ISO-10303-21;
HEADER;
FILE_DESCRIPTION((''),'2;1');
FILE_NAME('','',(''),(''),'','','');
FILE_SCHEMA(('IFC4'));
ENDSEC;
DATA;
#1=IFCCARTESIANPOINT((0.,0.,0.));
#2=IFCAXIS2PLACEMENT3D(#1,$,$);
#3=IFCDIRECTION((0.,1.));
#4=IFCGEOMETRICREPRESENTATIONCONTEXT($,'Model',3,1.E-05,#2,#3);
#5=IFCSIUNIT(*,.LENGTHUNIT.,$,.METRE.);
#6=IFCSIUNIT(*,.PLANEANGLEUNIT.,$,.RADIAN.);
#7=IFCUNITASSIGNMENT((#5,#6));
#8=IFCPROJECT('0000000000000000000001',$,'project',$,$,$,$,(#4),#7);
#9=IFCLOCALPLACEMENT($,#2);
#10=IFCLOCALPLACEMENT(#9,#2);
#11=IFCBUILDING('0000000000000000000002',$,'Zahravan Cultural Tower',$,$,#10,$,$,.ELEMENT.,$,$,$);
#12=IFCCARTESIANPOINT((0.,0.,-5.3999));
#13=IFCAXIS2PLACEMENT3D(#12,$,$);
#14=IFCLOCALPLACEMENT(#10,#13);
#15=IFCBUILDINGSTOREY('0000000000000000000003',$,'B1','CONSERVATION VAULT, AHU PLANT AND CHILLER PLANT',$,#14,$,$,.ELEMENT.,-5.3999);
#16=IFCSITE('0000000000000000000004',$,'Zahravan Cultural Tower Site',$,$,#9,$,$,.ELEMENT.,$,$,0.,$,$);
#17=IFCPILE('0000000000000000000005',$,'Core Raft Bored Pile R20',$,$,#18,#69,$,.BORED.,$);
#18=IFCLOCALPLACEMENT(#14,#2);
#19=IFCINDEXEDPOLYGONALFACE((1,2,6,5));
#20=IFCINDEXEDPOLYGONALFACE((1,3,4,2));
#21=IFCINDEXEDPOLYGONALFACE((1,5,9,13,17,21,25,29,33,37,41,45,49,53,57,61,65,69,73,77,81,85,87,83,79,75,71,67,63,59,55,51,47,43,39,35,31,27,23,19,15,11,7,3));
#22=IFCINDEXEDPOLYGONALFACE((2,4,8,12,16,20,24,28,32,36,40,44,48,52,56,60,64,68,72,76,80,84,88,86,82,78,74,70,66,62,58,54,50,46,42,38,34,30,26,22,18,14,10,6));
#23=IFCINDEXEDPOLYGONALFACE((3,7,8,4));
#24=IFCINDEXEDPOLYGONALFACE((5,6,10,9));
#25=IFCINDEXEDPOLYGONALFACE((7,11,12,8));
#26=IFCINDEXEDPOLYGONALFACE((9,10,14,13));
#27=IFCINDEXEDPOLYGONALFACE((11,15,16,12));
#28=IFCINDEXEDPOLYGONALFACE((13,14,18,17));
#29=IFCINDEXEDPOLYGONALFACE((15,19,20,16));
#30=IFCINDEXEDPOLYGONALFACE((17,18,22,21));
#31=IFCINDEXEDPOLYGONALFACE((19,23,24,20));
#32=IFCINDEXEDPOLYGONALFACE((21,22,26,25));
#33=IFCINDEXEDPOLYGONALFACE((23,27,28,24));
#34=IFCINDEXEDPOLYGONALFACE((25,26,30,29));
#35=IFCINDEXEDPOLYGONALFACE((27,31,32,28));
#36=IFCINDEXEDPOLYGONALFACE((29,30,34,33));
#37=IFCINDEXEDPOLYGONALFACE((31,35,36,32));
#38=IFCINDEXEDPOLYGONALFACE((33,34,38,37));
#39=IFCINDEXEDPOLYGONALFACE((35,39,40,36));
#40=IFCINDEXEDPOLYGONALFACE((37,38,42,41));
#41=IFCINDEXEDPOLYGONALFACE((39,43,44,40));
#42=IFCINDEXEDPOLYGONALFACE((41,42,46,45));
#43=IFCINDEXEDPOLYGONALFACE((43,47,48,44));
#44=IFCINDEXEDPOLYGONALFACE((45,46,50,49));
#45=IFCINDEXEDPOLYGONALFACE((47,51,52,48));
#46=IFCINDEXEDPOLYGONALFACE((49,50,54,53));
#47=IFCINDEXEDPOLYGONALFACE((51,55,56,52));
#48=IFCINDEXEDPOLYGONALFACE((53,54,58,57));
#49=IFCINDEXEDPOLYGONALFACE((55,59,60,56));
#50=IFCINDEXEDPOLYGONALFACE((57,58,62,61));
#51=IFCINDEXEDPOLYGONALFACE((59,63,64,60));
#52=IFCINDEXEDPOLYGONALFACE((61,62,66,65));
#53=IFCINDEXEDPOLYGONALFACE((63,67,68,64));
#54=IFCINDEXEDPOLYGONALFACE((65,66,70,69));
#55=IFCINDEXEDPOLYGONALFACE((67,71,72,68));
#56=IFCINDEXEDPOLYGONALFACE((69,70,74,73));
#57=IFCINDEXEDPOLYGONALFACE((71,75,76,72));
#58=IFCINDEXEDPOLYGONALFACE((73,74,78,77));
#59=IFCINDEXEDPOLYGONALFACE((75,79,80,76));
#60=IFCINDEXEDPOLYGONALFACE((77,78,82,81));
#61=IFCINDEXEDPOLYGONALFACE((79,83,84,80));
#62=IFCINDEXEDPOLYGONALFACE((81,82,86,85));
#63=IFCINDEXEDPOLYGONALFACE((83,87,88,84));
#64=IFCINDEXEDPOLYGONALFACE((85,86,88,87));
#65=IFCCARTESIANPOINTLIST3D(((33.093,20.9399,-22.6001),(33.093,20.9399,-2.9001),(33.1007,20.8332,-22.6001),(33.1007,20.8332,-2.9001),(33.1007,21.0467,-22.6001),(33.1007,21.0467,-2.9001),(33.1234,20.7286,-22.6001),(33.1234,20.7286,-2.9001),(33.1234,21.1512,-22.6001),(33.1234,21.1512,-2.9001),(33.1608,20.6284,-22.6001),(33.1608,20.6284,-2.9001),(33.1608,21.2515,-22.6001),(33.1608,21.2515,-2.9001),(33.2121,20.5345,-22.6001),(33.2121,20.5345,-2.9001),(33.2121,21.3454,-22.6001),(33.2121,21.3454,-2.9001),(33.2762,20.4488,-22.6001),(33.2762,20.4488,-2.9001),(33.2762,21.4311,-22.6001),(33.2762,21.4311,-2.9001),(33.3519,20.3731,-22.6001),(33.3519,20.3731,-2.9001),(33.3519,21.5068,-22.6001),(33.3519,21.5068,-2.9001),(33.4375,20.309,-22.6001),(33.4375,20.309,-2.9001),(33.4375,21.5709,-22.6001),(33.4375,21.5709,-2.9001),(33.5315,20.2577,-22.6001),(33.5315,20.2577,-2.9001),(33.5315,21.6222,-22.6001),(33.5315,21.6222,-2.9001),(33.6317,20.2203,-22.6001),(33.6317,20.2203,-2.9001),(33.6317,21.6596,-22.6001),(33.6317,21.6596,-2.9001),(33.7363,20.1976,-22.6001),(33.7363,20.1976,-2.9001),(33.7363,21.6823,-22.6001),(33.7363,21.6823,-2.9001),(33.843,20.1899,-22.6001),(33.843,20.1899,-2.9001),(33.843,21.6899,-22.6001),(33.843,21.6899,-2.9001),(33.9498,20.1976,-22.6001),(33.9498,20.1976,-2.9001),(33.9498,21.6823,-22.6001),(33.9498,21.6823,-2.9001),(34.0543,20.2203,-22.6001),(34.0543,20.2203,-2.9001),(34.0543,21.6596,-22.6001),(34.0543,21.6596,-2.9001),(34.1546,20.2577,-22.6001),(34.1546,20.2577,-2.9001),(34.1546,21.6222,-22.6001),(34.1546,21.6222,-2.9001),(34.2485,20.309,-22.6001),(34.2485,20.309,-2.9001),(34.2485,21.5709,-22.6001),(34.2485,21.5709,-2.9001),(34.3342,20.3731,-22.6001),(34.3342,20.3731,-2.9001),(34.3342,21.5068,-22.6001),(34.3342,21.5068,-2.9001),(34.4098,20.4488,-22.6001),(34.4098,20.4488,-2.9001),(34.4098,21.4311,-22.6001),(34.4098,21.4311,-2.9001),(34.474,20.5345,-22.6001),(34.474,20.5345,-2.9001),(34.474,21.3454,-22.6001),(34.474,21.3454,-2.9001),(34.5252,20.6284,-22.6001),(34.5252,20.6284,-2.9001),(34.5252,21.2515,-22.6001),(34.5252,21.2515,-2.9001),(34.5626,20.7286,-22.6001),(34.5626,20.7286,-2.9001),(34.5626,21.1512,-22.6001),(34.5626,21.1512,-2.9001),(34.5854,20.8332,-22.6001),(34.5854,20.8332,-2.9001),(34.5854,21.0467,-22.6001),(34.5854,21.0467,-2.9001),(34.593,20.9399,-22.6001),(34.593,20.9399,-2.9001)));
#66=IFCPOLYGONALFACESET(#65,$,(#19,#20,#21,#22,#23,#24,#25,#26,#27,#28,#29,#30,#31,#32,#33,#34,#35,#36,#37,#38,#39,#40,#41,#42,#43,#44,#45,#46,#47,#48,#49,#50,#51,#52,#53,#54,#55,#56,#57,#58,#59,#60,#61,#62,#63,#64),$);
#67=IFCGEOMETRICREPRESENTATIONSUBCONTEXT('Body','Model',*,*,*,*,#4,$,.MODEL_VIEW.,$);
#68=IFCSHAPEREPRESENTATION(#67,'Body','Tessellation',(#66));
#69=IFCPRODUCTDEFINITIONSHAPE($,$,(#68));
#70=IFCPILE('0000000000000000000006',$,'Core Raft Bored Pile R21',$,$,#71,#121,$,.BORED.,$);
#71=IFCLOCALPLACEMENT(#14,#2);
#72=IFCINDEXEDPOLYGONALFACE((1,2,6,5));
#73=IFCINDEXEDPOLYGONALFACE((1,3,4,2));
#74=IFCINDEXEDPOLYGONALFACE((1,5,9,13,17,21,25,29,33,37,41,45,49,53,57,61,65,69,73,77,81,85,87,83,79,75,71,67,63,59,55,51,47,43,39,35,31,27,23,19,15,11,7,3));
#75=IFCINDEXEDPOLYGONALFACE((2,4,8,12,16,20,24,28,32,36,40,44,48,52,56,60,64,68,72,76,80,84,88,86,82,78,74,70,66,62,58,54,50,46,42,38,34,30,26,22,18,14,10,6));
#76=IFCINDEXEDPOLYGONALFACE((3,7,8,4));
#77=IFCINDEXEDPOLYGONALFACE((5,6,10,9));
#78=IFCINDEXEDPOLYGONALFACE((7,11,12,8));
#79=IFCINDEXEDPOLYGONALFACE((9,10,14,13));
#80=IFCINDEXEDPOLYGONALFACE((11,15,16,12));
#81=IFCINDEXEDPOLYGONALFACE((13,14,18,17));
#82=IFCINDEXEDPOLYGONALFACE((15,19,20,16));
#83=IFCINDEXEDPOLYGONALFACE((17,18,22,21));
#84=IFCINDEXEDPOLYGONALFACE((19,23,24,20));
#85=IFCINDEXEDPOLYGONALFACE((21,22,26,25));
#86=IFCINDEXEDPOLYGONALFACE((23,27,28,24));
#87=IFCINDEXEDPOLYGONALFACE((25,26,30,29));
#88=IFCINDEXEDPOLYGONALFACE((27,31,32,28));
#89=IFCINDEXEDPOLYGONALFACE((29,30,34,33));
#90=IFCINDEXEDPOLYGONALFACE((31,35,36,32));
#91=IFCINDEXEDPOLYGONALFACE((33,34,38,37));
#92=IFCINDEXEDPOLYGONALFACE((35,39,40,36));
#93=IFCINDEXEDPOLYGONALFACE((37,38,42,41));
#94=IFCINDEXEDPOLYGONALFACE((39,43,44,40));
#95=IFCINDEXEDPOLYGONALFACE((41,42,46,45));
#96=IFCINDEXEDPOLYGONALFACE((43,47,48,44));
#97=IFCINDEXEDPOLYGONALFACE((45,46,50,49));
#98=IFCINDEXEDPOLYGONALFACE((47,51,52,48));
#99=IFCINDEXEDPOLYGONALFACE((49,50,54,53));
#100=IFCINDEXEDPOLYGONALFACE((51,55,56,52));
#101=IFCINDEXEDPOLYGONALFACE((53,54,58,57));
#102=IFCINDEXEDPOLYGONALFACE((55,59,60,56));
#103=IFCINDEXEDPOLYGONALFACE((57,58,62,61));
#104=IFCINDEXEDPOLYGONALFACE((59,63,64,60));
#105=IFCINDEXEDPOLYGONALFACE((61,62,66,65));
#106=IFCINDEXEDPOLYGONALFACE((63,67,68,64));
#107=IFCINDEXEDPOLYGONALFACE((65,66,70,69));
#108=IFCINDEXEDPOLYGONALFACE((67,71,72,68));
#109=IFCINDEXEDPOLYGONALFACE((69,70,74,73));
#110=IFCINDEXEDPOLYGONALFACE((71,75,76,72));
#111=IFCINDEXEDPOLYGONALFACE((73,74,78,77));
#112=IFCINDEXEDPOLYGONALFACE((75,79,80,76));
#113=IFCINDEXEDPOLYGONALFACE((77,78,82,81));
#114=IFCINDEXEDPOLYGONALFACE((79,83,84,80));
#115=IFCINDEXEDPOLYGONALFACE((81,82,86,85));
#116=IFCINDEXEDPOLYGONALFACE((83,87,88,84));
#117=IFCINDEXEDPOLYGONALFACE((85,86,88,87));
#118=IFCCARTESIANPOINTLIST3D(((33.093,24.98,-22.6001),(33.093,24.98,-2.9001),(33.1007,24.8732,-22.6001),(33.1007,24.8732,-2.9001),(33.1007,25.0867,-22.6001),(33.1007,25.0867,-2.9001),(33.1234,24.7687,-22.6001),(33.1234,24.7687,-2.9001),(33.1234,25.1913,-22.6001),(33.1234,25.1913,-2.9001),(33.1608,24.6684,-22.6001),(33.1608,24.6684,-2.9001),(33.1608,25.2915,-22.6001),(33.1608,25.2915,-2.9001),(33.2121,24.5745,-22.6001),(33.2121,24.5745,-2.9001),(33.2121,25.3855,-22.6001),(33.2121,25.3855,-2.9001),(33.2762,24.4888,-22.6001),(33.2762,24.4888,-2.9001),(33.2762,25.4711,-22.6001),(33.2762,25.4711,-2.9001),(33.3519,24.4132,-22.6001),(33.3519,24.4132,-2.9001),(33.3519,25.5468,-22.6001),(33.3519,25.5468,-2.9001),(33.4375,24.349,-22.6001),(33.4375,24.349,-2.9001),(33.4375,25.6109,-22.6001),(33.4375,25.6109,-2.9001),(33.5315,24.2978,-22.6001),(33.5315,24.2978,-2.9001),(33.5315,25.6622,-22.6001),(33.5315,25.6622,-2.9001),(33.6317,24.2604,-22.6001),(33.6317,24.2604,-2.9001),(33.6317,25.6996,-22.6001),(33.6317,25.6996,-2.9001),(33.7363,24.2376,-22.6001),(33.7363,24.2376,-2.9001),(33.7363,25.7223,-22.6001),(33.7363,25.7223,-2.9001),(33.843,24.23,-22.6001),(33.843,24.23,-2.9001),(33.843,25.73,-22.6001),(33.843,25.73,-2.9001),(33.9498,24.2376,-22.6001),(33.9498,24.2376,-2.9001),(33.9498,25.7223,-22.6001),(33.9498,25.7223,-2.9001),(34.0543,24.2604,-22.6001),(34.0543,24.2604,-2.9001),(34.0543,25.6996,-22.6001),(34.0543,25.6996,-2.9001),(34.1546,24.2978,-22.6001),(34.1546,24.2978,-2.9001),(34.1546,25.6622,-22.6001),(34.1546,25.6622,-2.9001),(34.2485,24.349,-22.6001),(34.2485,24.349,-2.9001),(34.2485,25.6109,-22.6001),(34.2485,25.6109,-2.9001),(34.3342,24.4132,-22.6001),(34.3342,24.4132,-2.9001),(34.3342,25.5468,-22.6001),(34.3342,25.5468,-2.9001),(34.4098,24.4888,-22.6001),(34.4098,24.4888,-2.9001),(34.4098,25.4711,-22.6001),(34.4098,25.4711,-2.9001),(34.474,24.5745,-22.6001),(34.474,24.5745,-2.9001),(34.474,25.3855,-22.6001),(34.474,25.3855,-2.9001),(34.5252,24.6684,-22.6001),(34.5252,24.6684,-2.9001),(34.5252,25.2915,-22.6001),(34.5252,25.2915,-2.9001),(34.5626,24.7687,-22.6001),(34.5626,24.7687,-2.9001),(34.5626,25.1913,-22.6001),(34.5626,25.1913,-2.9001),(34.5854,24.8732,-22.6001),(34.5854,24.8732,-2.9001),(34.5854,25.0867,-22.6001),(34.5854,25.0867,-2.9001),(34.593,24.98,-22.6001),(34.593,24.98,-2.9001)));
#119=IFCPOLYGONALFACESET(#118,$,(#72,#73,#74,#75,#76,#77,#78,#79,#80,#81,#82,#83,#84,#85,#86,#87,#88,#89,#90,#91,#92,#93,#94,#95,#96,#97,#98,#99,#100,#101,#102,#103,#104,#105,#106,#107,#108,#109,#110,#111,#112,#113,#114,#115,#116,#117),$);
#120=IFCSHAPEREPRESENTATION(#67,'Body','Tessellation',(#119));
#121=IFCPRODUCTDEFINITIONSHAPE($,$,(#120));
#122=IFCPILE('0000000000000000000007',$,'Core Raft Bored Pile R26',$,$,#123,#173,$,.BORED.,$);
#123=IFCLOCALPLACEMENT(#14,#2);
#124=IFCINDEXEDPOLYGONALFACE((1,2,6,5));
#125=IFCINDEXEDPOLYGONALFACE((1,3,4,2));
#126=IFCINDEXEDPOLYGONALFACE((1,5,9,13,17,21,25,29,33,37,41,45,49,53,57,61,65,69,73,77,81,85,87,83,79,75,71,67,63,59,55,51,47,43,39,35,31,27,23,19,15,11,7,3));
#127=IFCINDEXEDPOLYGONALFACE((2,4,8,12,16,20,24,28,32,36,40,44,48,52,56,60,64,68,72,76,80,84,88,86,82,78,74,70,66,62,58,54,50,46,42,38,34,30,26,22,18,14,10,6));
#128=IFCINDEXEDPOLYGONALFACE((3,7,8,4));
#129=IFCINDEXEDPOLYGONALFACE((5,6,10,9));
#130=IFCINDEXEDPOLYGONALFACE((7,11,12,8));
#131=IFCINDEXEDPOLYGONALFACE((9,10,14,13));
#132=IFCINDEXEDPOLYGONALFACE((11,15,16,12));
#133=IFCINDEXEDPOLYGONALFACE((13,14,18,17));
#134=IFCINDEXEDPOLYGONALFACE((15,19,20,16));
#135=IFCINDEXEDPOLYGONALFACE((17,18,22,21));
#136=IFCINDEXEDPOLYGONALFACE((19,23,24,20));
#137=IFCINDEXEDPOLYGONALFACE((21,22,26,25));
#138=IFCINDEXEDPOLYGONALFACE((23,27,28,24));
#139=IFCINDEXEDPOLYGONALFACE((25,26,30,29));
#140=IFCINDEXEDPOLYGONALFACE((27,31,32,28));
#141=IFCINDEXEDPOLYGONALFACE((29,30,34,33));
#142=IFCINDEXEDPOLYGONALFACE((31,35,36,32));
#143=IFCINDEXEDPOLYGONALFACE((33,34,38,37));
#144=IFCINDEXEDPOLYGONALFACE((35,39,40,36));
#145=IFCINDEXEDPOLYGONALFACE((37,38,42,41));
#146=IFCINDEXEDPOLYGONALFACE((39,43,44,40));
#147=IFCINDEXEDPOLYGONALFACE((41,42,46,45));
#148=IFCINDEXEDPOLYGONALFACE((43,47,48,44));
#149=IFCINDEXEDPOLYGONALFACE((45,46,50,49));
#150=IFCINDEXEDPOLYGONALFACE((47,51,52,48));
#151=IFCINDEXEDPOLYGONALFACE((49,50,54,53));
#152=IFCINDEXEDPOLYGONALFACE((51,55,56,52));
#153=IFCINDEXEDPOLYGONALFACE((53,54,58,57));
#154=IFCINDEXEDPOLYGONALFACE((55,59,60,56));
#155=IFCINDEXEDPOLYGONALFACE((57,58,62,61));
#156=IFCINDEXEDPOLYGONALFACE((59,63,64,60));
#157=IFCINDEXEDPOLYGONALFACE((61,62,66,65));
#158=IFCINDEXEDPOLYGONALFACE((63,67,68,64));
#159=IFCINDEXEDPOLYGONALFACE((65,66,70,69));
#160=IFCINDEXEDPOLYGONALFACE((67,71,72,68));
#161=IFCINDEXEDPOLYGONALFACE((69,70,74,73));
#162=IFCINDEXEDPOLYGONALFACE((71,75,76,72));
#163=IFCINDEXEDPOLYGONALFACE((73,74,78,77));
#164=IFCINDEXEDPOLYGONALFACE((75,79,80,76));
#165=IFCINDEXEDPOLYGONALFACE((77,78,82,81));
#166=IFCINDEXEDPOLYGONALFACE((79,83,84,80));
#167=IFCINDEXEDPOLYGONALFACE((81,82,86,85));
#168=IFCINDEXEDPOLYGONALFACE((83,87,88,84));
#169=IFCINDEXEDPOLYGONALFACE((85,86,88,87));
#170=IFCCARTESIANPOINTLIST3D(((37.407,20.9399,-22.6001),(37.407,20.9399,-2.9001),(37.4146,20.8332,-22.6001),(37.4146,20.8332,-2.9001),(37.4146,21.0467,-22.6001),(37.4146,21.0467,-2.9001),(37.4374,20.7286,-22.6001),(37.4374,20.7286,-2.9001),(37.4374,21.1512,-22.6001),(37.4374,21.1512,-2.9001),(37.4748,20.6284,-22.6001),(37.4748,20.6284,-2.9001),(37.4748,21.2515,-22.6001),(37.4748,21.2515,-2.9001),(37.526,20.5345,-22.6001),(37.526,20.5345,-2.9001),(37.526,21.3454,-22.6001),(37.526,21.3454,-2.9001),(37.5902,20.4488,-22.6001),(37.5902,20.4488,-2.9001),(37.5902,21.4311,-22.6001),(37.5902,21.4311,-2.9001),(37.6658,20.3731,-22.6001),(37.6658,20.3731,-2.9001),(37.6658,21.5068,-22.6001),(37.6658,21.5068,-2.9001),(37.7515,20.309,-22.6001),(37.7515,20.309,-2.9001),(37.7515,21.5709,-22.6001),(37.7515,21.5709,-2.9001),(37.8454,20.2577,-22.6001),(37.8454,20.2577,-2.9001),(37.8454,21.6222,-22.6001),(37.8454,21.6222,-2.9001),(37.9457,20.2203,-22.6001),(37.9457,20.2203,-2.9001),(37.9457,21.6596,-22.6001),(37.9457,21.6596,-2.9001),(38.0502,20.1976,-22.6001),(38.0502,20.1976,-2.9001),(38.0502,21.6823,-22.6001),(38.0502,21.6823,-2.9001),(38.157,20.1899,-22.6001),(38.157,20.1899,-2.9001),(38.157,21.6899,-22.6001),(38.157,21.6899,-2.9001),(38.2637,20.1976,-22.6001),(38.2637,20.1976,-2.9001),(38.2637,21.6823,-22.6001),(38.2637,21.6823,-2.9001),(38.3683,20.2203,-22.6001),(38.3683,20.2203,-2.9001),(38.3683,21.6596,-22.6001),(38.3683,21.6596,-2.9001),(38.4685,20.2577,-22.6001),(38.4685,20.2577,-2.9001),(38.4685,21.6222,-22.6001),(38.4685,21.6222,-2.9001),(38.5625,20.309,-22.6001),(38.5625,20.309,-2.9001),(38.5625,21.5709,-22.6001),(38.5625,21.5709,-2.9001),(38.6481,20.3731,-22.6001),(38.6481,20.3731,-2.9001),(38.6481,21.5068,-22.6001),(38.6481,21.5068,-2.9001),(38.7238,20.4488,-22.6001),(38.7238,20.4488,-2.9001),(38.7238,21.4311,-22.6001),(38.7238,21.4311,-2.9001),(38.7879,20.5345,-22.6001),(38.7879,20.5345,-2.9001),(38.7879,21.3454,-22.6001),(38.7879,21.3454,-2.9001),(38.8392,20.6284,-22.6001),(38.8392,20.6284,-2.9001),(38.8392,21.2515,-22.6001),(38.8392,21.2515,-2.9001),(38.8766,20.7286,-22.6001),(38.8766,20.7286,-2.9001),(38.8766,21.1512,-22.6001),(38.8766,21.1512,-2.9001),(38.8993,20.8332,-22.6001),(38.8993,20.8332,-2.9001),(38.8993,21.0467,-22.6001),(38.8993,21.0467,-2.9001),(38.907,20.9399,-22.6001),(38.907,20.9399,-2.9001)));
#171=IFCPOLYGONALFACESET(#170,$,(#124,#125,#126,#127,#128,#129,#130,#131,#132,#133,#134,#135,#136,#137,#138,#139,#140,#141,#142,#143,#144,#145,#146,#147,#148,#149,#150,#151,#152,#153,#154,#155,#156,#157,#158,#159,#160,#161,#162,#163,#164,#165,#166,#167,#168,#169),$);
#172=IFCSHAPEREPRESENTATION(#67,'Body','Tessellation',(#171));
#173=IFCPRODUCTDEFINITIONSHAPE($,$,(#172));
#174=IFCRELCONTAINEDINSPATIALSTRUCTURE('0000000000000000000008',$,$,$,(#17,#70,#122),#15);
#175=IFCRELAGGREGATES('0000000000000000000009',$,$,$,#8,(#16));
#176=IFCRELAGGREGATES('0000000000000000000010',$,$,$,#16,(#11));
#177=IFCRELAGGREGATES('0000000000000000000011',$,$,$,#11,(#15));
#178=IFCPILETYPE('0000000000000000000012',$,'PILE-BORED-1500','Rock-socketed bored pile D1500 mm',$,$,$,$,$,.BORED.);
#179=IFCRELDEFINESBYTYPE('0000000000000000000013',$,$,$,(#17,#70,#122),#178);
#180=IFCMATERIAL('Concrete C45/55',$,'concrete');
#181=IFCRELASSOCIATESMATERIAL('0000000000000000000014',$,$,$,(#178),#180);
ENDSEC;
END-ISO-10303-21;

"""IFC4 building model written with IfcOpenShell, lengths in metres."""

from ifc_helpers import new_model, si_unit, direction, frame, origin, origin_2d, place, context, subcontext, project, spatial, circle, extrude, material, material_profile, profile_set, type_object, element, save


model = new_model("IFC4")

# Units and contexts
model_context = context("Model", 3, precision=1e-05, world=origin(), true_north=direction((0.0, 1.0)))
body_context = subcontext(model_context, "Body", "Model", "MODEL_VIEW")
ifc_project = project(units=[si_unit("LENGTHUNIT", "METRE"), si_unit("PLANEANGLEUNIT", "RADIAN")], contexts=[model_context])

# Site, building, storey
site_placement = place(None, origin())
site = spatial("IfcSite", under=ifc_project, at=site_placement, Name="Zahravan Cultural Tower Site", CompositionType="ELEMENT", RefElevation=0.0)
building_placement = place(site_placement, origin())
building = spatial("IfcBuilding", under=site, at=building_placement, Name="Zahravan Cultural Tower", CompositionType="ELEMENT")
storey_placement = place(building_placement, frame((0.0, 0.0, -5.3999)))
storey = spatial("IfcBuildingStorey", under=building, at=storey_placement, Name="B1", Description="CONSERVATION VAULT, AHU PLANT AND CHILLER PLANT", CompositionType="ELEMENT", Elevation=-5.3999)

# Piles
ifc_material_1 = material(Name="Concrete C45/55", Category="concrete")
ifc_material_profile_1 = material_profile(ifc_material_1, circle(Radius=0.75, at=origin_2d()), Name="PILE-D1500")
ifc_profile_set_1 = profile_set([ifc_material_profile_1], Name="Concrete C45/55")
pile_type = type_object("IfcPileType", Name="PILE-BORED-1500", Description="Rock-socketed bored pile D1500 mm", PredefinedType="BORED", material=ifc_profile_set_1)
for number, where, z_axis, x_axis, name in (
    (1, (33.843, 20.9399, -2.9001), (0.0, 0.0, -1.0), (1.0, 0.0, 0.0), "Core Raft Bored Pile R20"),
    (2, (33.843, 24.98, -2.9001), (0.0, 0.0, -1.0), (1.0, 0.0, 0.0), "Core Raft Bored Pile R21"),
    (3, (38.157, 20.9399, -2.9001), (0.0, 0.0, -1.0), (1.0, 0.0, 0.0), "Core Raft Bored Pile R26"),
):
    element("IfcPile", number, at=place(storey_placement, frame(where, z_axis=z_axis, x_axis=x_axis)), inside=storey, type_object=pile_type, Name=name, PredefinedType="BORED", context=body_context, shape_type="SweptSolid", body=[
        extrude(circle(Radius=0.75, at=origin_2d()), origin(), (0.0, 0.0, 1.0), 19.7),
    ])

save(model, "model.ifc")
